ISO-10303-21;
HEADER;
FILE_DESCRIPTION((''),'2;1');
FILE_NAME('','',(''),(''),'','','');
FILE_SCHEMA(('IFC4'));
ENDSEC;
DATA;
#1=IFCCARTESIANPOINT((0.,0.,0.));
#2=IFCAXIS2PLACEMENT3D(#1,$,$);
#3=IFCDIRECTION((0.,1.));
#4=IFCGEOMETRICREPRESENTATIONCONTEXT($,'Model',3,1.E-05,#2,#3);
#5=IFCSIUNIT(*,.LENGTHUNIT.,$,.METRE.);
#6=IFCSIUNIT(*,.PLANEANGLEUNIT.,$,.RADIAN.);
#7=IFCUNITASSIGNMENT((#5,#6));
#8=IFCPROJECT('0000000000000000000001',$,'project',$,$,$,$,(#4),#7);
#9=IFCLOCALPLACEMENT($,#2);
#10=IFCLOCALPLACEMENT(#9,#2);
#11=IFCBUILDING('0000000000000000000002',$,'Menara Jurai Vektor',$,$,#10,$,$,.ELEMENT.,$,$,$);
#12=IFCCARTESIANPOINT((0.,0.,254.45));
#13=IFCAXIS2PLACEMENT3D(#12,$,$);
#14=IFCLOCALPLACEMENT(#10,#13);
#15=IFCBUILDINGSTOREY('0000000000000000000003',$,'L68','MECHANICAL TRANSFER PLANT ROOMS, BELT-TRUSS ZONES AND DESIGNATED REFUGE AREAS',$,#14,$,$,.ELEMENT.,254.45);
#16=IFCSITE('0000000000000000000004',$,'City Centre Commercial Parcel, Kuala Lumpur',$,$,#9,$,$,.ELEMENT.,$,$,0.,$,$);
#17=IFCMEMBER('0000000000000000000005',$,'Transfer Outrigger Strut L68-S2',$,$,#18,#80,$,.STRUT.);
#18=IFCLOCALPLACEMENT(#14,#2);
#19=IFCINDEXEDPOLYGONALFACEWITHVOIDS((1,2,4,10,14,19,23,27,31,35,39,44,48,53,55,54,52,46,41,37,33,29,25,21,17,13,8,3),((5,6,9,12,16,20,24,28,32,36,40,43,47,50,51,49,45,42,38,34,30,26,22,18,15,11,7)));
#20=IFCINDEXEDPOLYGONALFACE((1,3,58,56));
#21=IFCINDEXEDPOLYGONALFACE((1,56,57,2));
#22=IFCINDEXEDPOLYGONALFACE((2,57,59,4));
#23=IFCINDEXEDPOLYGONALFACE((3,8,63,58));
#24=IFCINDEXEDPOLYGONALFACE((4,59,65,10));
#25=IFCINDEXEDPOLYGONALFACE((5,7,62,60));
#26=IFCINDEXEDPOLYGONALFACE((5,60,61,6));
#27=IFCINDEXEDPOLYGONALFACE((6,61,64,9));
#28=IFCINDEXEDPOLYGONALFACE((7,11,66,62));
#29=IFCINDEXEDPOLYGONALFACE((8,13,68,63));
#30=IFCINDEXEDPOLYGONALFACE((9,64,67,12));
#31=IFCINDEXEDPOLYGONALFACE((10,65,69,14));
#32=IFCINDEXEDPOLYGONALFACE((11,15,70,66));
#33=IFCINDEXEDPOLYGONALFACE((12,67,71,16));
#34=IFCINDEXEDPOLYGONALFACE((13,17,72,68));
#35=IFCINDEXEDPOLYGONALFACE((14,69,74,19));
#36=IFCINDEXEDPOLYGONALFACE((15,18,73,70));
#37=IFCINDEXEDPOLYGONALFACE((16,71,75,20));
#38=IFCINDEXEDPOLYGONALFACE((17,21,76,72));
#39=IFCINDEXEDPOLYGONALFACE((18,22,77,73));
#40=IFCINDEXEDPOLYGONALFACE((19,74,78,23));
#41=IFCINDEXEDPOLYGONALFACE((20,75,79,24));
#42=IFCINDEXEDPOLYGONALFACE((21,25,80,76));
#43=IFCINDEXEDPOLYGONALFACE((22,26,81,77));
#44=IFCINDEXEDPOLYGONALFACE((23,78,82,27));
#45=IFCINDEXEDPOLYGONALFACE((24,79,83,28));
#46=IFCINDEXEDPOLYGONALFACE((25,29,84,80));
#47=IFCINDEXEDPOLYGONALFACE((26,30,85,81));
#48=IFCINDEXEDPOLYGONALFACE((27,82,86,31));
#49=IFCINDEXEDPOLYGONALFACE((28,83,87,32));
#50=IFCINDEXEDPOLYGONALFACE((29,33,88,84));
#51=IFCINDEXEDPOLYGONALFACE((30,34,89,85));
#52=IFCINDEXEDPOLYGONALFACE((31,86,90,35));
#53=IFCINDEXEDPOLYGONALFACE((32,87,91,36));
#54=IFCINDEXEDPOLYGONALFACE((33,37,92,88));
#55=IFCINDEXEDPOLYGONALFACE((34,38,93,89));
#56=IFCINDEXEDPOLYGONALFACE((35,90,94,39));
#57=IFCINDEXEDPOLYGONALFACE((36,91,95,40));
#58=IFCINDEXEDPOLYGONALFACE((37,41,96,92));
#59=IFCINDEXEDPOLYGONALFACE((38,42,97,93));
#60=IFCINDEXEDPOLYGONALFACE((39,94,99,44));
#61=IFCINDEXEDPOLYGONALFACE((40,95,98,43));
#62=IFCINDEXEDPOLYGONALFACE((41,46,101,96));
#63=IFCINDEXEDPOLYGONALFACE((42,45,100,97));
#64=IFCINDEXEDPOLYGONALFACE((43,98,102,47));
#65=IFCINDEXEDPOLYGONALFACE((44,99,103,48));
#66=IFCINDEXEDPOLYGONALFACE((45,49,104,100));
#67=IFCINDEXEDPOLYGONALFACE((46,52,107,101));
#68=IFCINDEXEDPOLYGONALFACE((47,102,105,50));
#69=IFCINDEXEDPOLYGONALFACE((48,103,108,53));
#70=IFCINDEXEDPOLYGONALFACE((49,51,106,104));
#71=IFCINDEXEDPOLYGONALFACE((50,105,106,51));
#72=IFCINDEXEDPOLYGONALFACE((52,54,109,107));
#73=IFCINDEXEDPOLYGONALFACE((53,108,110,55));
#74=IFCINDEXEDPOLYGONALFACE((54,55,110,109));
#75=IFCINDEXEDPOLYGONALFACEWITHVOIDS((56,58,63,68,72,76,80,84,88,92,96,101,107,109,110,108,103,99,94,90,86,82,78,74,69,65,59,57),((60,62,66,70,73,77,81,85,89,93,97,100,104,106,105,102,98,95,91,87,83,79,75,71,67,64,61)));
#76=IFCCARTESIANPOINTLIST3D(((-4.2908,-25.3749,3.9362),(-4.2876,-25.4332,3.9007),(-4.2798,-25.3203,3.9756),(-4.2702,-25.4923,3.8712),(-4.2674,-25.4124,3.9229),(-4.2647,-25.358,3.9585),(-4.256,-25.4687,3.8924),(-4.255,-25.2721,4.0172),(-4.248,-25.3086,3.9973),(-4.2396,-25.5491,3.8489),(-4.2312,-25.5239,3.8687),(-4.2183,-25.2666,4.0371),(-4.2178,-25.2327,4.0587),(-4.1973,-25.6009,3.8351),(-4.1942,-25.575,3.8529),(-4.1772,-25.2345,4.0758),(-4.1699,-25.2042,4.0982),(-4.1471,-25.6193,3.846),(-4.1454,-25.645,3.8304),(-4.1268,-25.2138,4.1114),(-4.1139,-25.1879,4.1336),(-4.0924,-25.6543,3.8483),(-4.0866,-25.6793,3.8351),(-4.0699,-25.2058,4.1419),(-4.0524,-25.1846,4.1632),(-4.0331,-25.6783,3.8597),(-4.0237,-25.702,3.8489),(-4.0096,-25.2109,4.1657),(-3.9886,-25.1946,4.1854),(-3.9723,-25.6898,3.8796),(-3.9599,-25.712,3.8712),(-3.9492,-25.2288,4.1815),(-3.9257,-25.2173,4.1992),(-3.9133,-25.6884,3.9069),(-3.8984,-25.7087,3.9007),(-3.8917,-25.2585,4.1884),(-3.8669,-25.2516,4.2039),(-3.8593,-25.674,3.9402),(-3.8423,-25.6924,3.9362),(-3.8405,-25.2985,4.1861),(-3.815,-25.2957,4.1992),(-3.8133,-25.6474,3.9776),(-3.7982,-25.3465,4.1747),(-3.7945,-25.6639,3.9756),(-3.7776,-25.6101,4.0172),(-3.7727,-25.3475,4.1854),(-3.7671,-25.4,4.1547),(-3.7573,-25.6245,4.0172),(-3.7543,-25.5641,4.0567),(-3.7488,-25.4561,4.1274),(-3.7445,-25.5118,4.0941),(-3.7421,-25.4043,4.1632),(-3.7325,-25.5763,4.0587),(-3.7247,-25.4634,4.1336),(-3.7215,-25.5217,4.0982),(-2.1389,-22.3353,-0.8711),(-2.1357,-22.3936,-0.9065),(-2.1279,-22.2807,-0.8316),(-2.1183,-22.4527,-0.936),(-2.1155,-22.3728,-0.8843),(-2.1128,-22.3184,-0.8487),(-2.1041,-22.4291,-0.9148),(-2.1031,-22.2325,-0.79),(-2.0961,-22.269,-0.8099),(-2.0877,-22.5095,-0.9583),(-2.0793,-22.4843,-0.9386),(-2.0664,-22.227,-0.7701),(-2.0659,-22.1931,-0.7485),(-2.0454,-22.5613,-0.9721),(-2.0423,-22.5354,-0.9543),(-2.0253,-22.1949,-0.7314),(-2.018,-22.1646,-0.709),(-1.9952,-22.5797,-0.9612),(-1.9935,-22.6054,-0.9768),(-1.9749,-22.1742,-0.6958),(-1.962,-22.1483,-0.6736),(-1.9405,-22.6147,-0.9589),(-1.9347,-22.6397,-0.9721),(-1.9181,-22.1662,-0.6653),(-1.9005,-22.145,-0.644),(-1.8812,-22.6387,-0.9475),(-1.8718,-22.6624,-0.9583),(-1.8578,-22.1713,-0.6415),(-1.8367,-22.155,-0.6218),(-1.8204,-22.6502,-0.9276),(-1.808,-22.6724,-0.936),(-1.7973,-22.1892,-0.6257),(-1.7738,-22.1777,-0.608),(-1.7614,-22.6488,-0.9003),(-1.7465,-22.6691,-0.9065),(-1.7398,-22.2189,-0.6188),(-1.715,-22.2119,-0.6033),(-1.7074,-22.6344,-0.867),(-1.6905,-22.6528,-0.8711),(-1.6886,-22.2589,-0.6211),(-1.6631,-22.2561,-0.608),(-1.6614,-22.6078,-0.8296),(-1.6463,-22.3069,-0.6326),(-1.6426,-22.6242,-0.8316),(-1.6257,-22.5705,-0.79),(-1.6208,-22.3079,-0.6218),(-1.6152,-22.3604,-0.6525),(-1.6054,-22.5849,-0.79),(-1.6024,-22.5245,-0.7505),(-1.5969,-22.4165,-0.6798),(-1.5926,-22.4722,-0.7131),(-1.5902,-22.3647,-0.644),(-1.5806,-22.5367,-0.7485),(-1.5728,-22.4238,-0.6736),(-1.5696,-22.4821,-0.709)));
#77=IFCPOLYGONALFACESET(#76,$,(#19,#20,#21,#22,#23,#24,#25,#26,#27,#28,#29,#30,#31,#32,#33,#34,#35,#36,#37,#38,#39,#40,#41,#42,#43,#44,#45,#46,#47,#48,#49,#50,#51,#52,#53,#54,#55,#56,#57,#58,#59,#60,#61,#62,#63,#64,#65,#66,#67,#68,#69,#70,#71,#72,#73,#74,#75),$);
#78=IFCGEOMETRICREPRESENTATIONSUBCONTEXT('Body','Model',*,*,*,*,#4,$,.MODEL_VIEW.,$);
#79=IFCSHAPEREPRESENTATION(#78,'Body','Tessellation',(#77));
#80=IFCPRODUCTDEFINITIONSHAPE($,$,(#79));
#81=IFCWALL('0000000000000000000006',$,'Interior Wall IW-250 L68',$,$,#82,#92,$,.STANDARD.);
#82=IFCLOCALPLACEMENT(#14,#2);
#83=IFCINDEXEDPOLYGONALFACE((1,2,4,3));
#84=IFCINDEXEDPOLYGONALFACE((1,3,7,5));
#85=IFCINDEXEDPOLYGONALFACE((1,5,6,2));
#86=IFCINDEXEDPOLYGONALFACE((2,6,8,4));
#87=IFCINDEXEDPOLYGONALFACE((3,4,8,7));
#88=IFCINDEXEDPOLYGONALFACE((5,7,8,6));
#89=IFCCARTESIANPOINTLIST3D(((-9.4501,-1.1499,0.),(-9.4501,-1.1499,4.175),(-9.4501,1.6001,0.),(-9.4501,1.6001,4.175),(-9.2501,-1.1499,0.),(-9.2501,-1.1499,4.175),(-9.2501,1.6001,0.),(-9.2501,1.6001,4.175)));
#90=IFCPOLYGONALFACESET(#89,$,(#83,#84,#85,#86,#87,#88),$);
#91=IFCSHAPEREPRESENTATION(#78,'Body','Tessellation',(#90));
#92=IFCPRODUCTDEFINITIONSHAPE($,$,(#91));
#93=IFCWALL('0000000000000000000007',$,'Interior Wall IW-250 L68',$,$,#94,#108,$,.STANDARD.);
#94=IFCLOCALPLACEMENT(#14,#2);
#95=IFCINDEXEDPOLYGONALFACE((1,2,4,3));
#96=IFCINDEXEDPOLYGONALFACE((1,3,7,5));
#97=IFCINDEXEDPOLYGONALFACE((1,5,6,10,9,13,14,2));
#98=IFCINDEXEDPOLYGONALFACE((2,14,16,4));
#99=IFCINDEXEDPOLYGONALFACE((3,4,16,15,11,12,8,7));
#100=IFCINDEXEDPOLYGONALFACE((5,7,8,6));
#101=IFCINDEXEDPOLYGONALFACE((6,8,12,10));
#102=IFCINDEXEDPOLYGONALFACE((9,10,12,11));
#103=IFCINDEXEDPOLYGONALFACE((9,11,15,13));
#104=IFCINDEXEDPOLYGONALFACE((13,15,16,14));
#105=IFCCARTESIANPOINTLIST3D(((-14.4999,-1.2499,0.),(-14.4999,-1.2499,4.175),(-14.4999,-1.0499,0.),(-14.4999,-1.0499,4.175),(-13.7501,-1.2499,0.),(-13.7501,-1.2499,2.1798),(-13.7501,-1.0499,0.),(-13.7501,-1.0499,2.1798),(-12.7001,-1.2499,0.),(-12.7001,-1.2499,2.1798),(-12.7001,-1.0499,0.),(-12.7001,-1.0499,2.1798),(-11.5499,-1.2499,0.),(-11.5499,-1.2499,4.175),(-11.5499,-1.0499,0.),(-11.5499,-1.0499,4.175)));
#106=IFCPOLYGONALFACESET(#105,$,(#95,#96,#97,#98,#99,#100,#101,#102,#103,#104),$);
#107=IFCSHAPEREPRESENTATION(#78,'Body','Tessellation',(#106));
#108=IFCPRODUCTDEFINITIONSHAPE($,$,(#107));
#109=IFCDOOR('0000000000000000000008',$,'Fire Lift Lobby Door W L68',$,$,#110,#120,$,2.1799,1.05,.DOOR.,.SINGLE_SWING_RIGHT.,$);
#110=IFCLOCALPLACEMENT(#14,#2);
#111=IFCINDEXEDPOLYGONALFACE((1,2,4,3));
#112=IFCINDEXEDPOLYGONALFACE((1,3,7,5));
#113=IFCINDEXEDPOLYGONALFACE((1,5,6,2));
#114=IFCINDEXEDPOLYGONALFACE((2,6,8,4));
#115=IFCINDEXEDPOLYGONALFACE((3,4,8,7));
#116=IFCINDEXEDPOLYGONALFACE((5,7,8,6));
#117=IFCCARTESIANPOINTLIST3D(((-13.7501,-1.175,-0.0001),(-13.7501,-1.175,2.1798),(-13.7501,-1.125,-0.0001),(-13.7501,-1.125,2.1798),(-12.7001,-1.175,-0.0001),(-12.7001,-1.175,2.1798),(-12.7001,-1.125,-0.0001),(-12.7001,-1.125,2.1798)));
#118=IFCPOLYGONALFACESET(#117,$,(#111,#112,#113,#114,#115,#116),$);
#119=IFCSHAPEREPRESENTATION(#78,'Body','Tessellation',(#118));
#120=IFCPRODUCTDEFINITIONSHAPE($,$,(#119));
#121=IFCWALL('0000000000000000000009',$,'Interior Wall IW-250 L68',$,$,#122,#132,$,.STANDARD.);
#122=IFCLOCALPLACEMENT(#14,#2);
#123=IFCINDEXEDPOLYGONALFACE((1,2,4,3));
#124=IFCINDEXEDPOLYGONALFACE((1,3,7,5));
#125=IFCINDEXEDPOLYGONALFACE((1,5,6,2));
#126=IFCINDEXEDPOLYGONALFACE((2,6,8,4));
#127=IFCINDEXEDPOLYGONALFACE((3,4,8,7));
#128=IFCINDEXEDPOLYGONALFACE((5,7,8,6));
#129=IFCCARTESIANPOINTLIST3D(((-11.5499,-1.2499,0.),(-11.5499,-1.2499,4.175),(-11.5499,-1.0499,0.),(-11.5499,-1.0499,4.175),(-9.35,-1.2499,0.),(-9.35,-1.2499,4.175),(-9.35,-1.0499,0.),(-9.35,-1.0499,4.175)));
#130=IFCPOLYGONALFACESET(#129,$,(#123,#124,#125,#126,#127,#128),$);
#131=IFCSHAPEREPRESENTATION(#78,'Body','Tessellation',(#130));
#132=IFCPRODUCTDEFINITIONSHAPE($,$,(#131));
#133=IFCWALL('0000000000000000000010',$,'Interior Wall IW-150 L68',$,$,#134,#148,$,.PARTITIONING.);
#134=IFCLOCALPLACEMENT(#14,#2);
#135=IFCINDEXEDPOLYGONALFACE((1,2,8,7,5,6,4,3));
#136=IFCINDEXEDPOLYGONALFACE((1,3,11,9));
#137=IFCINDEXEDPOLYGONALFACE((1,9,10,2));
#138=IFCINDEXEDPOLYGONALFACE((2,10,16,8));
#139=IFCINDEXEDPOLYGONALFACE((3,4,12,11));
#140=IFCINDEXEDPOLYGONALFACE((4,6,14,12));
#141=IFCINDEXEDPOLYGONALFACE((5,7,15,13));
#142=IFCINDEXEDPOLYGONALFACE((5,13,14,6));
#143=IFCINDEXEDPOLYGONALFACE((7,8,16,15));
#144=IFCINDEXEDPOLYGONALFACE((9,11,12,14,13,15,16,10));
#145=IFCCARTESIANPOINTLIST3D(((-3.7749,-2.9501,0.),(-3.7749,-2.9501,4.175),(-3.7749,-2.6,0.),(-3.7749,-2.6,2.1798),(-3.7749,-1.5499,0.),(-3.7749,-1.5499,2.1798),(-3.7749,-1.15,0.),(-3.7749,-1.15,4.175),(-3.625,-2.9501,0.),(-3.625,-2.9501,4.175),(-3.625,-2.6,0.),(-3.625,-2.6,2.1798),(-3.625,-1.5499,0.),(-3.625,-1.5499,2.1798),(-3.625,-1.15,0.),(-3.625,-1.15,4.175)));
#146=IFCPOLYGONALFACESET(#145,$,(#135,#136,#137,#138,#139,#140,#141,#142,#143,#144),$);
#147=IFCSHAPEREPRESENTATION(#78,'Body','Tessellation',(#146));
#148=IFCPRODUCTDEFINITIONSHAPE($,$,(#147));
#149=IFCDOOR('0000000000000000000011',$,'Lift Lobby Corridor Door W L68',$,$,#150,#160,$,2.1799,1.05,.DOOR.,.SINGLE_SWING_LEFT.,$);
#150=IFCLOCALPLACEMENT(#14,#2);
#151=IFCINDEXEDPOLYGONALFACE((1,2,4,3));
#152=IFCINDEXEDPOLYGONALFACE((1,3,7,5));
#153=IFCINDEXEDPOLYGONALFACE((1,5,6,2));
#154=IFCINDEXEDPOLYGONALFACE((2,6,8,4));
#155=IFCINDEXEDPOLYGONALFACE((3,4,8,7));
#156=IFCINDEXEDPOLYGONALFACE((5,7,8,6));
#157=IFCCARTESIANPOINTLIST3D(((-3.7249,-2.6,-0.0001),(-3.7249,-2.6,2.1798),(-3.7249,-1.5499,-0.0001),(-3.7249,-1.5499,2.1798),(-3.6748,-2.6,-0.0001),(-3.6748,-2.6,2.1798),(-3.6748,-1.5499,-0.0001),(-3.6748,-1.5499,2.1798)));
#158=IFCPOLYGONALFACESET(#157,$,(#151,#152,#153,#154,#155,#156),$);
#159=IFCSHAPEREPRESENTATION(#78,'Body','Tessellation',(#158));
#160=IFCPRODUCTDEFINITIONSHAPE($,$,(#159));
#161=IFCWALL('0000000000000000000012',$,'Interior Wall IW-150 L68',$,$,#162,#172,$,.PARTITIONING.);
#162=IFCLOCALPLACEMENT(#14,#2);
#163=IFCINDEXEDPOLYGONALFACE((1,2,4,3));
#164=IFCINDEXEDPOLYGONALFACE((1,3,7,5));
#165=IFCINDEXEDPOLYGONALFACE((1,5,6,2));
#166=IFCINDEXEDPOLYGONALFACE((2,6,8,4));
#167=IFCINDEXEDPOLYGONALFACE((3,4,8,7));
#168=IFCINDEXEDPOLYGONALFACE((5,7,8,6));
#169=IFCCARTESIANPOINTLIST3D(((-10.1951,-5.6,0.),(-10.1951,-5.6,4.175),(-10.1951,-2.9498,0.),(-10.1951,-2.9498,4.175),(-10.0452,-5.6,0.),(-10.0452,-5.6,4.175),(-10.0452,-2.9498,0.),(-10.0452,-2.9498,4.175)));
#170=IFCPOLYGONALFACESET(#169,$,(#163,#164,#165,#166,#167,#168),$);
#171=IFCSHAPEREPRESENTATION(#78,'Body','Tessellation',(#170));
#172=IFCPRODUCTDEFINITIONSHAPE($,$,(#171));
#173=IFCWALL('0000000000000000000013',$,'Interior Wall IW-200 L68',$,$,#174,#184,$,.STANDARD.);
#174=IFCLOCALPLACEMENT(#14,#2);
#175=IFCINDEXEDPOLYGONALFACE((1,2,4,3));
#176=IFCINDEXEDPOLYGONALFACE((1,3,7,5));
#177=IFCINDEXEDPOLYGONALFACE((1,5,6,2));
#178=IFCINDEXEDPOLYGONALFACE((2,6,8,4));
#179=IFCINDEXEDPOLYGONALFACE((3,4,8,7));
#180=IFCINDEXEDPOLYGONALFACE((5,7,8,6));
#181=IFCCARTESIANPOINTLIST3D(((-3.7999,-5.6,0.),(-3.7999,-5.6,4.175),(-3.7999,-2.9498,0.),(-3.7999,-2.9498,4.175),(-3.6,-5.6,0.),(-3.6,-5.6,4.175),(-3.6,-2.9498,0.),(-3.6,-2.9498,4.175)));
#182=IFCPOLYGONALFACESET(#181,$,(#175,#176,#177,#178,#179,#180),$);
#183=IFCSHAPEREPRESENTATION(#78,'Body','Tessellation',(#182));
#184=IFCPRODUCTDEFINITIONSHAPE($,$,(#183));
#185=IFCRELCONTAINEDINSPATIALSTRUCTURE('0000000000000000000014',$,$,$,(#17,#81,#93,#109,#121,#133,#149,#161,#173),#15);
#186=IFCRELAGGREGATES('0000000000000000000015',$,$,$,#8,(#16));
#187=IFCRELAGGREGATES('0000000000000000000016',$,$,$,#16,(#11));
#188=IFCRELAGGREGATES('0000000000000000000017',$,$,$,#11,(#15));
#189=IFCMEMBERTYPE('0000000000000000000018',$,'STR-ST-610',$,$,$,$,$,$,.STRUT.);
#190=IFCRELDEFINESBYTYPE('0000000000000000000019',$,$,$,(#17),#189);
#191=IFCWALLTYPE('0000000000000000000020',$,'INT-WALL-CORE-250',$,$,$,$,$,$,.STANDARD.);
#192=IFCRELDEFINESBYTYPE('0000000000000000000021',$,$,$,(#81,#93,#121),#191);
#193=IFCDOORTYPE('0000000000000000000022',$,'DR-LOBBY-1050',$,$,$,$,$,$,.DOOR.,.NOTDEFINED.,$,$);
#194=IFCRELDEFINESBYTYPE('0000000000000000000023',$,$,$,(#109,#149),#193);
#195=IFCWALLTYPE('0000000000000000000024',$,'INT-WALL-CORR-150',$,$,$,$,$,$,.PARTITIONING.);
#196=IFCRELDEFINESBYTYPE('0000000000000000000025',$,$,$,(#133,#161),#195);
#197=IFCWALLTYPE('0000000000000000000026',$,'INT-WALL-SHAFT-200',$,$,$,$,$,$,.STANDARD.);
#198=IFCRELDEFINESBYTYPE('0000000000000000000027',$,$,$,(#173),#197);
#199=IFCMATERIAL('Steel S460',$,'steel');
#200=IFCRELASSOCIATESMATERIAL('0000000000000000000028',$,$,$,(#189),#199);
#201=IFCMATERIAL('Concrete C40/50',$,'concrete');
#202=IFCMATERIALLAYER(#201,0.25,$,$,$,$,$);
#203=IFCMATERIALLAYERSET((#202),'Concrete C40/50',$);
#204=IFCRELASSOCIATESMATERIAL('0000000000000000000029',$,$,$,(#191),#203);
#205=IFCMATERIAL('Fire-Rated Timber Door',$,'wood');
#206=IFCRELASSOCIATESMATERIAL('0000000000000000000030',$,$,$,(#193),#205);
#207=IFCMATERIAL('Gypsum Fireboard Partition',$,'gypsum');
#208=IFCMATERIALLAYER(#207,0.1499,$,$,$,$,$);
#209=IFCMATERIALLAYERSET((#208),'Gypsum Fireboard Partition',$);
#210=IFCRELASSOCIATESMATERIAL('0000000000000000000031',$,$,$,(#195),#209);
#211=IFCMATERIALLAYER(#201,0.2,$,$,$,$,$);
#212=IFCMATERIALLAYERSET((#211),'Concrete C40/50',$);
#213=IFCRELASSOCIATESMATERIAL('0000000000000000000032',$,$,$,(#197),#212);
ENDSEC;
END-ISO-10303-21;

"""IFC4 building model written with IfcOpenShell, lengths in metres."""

from ifc_helpers import new_model, si_unit, direction, frame, frame_2d, origin, origin_2d, place, context, subcontext, project, spatial, rectangle, hollow_circle, extrude, material, layer, layer_set, material_profile, profile_set, type_object, element, fill, save


model = new_model("IFC4")

# Units and contexts
model_context = context("Model", 3, precision=1e-05, world=origin(), true_north=direction((0.0, 1.0)))
body_context = subcontext(model_context, "Body", "Model", "MODEL_VIEW")
ifc_project = project(units=[si_unit("LENGTHUNIT", "METRE"), si_unit("PLANEANGLEUNIT", "RADIAN")], contexts=[model_context])

# Site, building, storey
site_placement = place(None, origin())
site = spatial("IfcSite", under=ifc_project, at=site_placement, Name="City Centre Commercial Parcel, Kuala Lumpur", CompositionType="ELEMENT", RefElevation=0.0)
building_placement = place(site_placement, origin())
building = spatial("IfcBuilding", under=site, at=building_placement, Name="Menara Jurai Vektor", CompositionType="ELEMENT")
storey_placement = place(building_placement, frame((0.0, 0.0, 254.45)))
storey = spatial("IfcBuildingStorey", under=building, at=storey_placement, Name="L68", Description="MECHANICAL TRANSFER PLANT ROOMS, BELT-TRUSS ZONES AND DESIGNATED REFUGE AREAS", CompositionType="ELEMENT", Elevation=254.45)

# Shared definitions
ifc_material_1 = material(Name="Steel S460", Category="steel")

# Member
ifc_material_profile_1 = material_profile(ifc_material_1, hollow_circle(Radius=0.3049, WallThickness=0.0249, at=origin_2d()), Name="CHS 610x25")
ifc_profile_set_1 = profile_set([ifc_material_profile_1], Name="Steel S460")
member_type_1 = type_object("IfcMemberType", Name="STR-ST-610", PredefinedType="STRUT", material=ifc_profile_set_1)
member_placement = place(storey_placement, frame((-1.8542, -22.4087, -0.79), z_axis=(-0.353869, -0.499849, 0.790524), x_axis=(0.816171, -0.57781, 0.0)))
element("IfcMember", 1, at=member_placement, inside=storey, type_object=member_type_1, Name="Transfer Outrigger Strut L68-S2", PredefinedType="STRUT", context=body_context, shape_type="SweptSolid", body=[
    extrude(hollow_circle(Radius=0.3049, WallThickness=0.0249, at=origin_2d()), origin(), (0.0, 0.0, 1.0), 6.0811),
])

# Shared definitions
ifc_material_2 = material(Name="Concrete C40/50", Category="concrete")
ifc_layer_1 = layer(ifc_material_2, 0.25)
ifc_layer_set_1 = layer_set([ifc_layer_1], Name="Concrete C40/50")
wall_type_1 = type_object("IfcWallType", Name="INT-WALL-CORE-250", PredefinedType="STANDARD", material=ifc_layer_set_1)

# Wall
wall_1_placement = place(storey_placement, frame((-9.3501, -1.1499, 0.0), z_axis=(0.0, 0.0, 1.0), x_axis=(0.0, 1.0, 0.0)))
element("IfcWall", 2, at=wall_1_placement, inside=storey, type_object=wall_type_1, Name="Interior Wall IW-250 L68", PredefinedType="STANDARD", context=body_context, shape_type="SweptSolid", body=[
    extrude(rectangle(XDim=2.75, YDim=0.2, at=frame_2d((1.375, 0.0))), origin(), (0.0, 0.0, 1.0), 4.175),
])

# Wall, opening, door
wall_2_placement = place(storey_placement, frame((-14.5, -1.1499, 0.0), z_axis=(0.0, 0.0, 1.0), x_axis=(1.0, 0.0, 0.0)))
wall_2 = element("IfcWall", 3, at=wall_2_placement, inside=storey, type_object=wall_type_1, Name="Interior Wall IW-250 L68", PredefinedType="STANDARD", context=body_context, shape_type="SweptSolid", body=[
    extrude(rectangle(XDim=2.95, YDim=0.2, at=frame_2d((1.4751, 0.0))), origin(), (0.0, 0.0, 1.0), 4.175),
])
opening_1_placement = place(wall_2_placement, frame((0.75, 0.0, 0.0)))
opening_1 = element("IfcOpeningElement", 4, at=opening_1_placement, cuts=wall_2, PredefinedType="OPENING", context=body_context, shape_type="SweptSolid", body=[
    extrude(rectangle(XDim=1.05, YDim=2.1799, at=frame_2d((0.5249, 1.0898))), frame((0.0, 0.1099, 0.0), z_axis=(0.0, -1.0, 0.0), x_axis=(1.0, 0.0, 0.0)), (0.0, 0.0, 1.0), 0.22),
])
ifc_material_3 = material(Name="Fire-Rated Timber Door", Category="wood")
door_type_1 = type_object("IfcDoorType", Name="DR-LOBBY-1050", OperationType="NOTDEFINED", PredefinedType="DOOR", material=ifc_material_3)
door_1_placement = place(opening_1_placement, origin())
door_1 = element("IfcDoor", 5, at=door_1_placement, inside=storey, type_object=door_type_1, Name="Fire Lift Lobby Door W L68", OperationType="SINGLE_SWING_RIGHT", OverallHeight=2.1799, OverallWidth=1.05, PredefinedType="DOOR", context=body_context, shape_type="SweptSolid", body=[
    extrude(rectangle(XDim=1.05, YDim=2.1799, at=frame_2d((0.5249, 1.0898))), frame((0.0, 0.0249, 0.0), z_axis=(0.0, -1.0, 0.0), x_axis=(1.0, 0.0, 0.0)), (0.0, 0.0, 1.0), 0.05),
])
fill(opening_1, door_1)

# Wall
wall_3_placement = place(storey_placement, frame((-11.55, -1.1499, 0.0), z_axis=(0.0, 0.0, 1.0), x_axis=(1.0, 0.0, 0.0)))
element("IfcWall", 6, at=wall_3_placement, inside=storey, type_object=wall_type_1, Name="Interior Wall IW-250 L68", PredefinedType="STANDARD", context=body_context, shape_type="SweptSolid", body=[
    extrude(rectangle(XDim=2.2, YDim=0.2, at=frame_2d((1.1001, 0.0))), origin(), (0.0, 0.0, 1.0), 4.175),
])

# Wall, opening, door
ifc_material_4 = material(Name="Gypsum Fireboard Partition", Category="gypsum")
ifc_layer_2 = layer(ifc_material_4, 0.1499)
ifc_layer_set_2 = layer_set([ifc_layer_2], Name="Gypsum Fireboard Partition")
wall_type_2 = type_object("IfcWallType", Name="INT-WALL-CORR-150", PredefinedType="PARTITIONING", material=ifc_layer_set_2)
wall_4_placement = place(storey_placement, frame((-3.7, -2.95, 0.0), z_axis=(0.0, 0.0, 1.0), x_axis=(0.0, 1.0, 0.0)))
wall_4 = element("IfcWall", 7, at=wall_4_placement, inside=storey, type_object=wall_type_2, Name="Interior Wall IW-150 L68", PredefinedType="PARTITIONING", context=body_context, shape_type="SweptSolid", body=[
    extrude(rectangle(XDim=1.8, YDim=0.1499, at=frame_2d((0.8999, 0.0))), origin(), (0.0, 0.0, 1.0), 4.175),
])
opening_2_placement = place(wall_4_placement, frame((0.3501, 0.0, 0.0)))
opening_2 = element("IfcOpeningElement", 8, at=opening_2_placement, cuts=wall_4, PredefinedType="OPENING", context=body_context, shape_type="SweptSolid", body=[
    extrude(rectangle(XDim=1.05, YDim=2.1799, at=frame_2d((0.5249, 1.0898))), frame((0.0, 0.085, 0.0), z_axis=(0.0, -1.0, 0.0), x_axis=(1.0, 0.0, 0.0)), (0.0, 0.0, 1.0), 0.1699),
])
door_2_placement = place(opening_2_placement, origin())
door_2 = element("IfcDoor", 9, at=door_2_placement, inside=storey, type_object=door_type_1, Name="Lift Lobby Corridor Door W L68", OperationType="SINGLE_SWING_LEFT", OverallHeight=2.1799, OverallWidth=1.05, PredefinedType="DOOR", context=body_context, shape_type="SweptSolid", body=[
    extrude(rectangle(XDim=1.05, YDim=2.1799, at=frame_2d((0.5249, 1.0898))), frame((0.0, 0.0249, 0.0), z_axis=(0.0, -1.0, 0.0), x_axis=(1.0, 0.0, 0.0)), (0.0, 0.0, 1.0), 0.05),
])
fill(opening_2, door_2)

# Walls
wall_5_placement = place(storey_placement, frame((-10.1201, -5.6001, 0.0), z_axis=(0.0, 0.0, 1.0), x_axis=(0.0, 1.0, 0.0)))
element("IfcWall", 10, at=wall_5_placement, inside=storey, type_object=wall_type_2, Name="Interior Wall IW-150 L68", PredefinedType="PARTITIONING", context=body_context, shape_type="SweptSolid", body=[
    extrude(rectangle(XDim=2.6501, YDim=0.1499, at=frame_2d((1.3252, 0.0))), origin(), (0.0, 0.0, 1.0), 4.175),
])
ifc_layer_3 = layer(ifc_material_2, 0.2)
ifc_layer_set_3 = layer_set([ifc_layer_3], Name="Concrete C40/50")
wall_type_3 = type_object("IfcWallType", Name="INT-WALL-SHAFT-200", PredefinedType="STANDARD", material=ifc_layer_set_3)
wall_6_placement = place(storey_placement, frame((-3.7, -5.6001, 0.0), z_axis=(0.0, 0.0, 1.0), x_axis=(0.0, 1.0, 0.0)))
element("IfcWall", 11, at=wall_6_placement, inside=storey, type_object=wall_type_3, Name="Interior Wall IW-200 L68", PredefinedType="STANDARD", context=body_context, shape_type="SweptSolid", body=[
    extrude(rectangle(XDim=2.6501, YDim=0.2, at=frame_2d((1.3252, 0.0))), origin(), (0.0, 0.0, 1.0), 4.175),
])

save(model, "model.ifc")
